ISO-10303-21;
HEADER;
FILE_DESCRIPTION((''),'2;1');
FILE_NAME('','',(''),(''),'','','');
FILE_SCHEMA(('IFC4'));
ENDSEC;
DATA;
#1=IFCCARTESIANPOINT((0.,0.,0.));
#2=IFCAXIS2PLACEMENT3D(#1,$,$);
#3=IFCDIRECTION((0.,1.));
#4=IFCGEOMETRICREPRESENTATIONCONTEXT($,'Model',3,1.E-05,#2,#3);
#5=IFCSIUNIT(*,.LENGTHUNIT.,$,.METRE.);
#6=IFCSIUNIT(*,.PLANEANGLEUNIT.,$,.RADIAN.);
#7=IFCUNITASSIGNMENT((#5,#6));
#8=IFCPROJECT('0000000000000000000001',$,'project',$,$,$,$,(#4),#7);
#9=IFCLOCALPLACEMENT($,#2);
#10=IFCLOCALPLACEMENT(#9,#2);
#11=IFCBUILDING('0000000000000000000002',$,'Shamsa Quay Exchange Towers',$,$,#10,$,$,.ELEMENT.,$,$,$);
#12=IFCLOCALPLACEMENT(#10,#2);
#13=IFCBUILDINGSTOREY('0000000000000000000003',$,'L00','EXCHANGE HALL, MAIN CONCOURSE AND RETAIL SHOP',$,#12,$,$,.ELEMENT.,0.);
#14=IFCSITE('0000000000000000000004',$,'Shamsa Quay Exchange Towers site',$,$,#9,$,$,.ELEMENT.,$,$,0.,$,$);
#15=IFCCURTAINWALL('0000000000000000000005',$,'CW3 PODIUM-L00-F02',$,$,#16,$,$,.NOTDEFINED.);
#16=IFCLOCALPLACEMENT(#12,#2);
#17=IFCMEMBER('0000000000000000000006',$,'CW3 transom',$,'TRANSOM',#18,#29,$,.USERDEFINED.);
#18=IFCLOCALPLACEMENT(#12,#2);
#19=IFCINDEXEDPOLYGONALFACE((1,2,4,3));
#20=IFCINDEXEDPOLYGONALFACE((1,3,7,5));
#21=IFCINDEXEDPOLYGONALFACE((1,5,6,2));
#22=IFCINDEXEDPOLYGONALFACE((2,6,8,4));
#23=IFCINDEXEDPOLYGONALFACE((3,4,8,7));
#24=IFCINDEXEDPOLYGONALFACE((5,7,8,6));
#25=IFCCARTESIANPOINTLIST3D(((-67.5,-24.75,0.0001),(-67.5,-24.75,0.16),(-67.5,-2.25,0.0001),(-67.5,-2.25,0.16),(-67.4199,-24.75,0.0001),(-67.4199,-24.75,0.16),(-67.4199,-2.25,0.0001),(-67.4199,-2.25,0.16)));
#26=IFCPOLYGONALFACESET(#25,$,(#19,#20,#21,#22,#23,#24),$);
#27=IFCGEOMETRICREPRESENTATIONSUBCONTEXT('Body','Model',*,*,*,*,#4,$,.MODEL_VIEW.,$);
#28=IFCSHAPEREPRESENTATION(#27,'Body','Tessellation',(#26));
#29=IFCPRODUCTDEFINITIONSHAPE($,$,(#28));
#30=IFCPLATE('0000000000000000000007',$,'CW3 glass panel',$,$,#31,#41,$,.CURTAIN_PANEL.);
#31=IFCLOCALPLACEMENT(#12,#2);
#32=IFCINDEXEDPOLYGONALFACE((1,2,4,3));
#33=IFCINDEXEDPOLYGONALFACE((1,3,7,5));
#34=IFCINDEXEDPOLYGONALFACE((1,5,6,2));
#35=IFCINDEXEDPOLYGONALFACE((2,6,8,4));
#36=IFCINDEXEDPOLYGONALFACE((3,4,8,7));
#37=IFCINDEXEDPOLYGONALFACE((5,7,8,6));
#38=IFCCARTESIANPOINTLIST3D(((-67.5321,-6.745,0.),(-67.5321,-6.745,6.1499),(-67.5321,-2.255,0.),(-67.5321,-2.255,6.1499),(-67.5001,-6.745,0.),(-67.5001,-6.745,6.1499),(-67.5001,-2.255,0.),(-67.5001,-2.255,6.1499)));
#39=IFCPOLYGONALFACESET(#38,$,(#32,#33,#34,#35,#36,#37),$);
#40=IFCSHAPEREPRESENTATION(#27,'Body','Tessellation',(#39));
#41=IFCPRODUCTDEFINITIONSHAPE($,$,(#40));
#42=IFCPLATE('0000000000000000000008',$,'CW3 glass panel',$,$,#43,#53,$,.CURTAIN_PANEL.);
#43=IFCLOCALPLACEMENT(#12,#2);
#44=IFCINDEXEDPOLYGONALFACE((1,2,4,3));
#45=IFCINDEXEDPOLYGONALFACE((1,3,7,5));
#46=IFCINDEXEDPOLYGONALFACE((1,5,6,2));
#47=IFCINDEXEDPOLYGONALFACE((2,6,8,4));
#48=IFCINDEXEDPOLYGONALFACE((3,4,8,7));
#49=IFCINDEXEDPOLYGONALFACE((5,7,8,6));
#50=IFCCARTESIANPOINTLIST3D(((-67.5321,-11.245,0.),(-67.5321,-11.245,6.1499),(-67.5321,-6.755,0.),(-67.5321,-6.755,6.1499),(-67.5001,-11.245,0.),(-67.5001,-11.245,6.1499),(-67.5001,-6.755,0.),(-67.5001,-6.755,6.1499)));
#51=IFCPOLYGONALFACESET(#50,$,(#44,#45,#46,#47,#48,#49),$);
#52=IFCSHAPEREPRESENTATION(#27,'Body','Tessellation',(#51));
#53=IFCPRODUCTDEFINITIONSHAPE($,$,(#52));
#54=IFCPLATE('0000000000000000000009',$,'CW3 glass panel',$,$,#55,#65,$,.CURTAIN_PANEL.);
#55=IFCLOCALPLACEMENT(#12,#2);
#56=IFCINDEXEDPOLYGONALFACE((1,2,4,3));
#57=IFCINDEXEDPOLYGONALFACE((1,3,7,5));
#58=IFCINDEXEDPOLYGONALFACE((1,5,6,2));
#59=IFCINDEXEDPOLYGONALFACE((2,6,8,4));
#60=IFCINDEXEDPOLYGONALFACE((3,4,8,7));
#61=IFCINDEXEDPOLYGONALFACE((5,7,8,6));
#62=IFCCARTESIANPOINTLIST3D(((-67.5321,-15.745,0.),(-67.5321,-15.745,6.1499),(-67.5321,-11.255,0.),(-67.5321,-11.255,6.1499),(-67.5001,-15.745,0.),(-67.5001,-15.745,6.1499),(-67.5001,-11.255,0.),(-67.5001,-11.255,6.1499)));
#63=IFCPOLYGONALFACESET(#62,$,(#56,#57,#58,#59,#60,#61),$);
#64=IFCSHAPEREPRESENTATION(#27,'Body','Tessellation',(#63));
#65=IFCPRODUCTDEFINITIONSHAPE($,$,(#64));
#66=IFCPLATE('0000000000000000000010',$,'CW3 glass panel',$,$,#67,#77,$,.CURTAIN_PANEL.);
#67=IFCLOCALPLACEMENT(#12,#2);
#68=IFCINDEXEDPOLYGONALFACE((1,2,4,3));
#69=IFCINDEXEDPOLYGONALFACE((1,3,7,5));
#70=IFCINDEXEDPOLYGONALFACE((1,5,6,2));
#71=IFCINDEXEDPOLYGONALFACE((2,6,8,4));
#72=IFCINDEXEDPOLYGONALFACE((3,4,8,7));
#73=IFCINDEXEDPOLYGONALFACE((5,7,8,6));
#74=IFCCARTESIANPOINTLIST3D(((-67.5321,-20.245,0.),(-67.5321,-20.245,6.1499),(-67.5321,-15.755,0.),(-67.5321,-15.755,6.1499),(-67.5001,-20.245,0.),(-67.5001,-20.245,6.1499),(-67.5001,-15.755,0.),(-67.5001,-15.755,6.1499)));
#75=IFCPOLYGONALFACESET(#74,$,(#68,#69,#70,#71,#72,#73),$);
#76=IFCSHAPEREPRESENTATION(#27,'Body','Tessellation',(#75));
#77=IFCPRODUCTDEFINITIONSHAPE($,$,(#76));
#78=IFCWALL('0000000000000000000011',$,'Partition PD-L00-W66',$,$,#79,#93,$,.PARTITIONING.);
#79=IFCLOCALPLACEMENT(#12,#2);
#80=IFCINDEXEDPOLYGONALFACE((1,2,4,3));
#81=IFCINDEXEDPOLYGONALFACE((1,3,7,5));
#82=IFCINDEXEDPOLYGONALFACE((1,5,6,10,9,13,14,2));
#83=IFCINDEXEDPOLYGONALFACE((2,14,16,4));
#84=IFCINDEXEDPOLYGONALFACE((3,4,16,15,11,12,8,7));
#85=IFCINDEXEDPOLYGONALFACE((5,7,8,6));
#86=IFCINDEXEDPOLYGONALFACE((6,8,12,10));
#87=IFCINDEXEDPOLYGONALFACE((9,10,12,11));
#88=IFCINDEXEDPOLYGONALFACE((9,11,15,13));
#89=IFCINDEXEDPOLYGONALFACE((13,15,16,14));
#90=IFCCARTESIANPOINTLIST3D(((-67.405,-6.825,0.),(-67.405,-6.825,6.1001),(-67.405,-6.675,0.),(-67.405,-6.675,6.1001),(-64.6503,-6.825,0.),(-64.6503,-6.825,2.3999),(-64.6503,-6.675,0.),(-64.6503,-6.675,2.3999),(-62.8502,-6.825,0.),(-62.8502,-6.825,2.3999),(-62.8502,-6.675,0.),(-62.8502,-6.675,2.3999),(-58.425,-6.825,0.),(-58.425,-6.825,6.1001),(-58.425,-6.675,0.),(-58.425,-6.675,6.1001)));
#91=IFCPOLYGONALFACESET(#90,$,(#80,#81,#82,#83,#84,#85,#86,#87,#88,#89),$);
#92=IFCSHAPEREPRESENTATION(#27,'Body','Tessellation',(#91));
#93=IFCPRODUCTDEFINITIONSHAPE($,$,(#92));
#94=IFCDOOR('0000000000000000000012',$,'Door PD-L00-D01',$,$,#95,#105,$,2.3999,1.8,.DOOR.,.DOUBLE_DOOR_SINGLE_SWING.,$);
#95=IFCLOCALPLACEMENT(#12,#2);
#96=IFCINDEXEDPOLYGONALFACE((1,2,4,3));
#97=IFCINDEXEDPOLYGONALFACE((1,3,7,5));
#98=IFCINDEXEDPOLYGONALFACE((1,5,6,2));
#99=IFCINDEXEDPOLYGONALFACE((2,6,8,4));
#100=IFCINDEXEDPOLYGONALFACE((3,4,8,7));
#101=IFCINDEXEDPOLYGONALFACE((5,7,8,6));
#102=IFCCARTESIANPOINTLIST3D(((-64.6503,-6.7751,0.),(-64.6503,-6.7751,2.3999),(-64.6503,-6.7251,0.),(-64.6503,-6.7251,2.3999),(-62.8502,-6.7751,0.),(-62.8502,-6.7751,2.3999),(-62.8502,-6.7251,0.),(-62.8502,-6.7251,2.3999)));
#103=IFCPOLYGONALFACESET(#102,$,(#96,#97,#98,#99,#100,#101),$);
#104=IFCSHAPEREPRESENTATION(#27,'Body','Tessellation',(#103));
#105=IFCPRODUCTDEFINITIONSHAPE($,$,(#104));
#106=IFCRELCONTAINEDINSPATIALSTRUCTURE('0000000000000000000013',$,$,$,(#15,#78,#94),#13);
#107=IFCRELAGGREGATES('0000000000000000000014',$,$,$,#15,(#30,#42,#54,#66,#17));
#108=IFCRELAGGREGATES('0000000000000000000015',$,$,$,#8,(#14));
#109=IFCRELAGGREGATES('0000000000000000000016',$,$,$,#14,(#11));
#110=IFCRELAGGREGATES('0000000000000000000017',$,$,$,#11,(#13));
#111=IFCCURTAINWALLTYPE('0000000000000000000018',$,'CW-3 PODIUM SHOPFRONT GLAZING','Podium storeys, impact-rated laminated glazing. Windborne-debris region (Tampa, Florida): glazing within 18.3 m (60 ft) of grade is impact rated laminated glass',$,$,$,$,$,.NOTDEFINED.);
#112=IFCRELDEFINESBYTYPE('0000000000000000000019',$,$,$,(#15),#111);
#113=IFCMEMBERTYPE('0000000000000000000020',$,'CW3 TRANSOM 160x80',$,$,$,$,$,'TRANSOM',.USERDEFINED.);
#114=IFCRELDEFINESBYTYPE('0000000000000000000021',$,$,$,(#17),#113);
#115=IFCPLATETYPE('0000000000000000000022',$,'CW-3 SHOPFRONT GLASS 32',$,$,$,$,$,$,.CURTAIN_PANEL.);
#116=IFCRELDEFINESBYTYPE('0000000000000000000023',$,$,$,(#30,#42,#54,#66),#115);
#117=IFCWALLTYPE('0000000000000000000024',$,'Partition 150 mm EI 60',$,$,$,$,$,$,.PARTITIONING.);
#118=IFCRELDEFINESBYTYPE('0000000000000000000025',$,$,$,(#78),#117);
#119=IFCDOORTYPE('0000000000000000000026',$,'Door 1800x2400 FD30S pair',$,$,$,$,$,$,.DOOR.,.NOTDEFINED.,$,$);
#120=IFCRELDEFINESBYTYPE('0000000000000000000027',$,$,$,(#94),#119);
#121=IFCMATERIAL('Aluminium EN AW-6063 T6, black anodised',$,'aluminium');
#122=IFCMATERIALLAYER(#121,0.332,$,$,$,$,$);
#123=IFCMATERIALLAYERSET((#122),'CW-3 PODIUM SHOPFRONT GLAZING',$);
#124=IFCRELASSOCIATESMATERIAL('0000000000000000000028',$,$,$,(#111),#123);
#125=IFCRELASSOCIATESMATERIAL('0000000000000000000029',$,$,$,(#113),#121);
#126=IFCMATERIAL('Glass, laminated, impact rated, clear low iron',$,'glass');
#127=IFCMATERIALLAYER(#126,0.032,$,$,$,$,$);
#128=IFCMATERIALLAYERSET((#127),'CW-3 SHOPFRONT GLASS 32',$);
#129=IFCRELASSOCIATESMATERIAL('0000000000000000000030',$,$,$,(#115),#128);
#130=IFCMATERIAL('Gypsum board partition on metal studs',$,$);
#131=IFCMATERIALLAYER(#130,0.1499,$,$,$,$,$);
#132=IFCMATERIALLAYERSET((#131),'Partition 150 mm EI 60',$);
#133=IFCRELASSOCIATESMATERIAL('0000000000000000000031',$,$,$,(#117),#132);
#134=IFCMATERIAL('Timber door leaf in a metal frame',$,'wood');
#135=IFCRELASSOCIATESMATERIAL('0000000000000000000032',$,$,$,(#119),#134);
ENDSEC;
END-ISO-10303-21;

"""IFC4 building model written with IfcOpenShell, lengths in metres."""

from ifc_helpers import new_model, si_unit, direction, frame, frame_2d, origin, origin_2d, place, context, subcontext, project, spatial, rectangle, extrude, material, layer, layer_set, material_profile, profile_set, type_object, element, fill, aggregate, save


model = new_model("IFC4")

# Units and contexts
model_context = context("Model", 3, precision=1e-05, world=origin(), true_north=direction((0.0, 1.0)))
body_context = subcontext(model_context, "Body", "Model", "MODEL_VIEW")
ifc_project = project(units=[si_unit("LENGTHUNIT", "METRE"), si_unit("PLANEANGLEUNIT", "RADIAN")], contexts=[model_context])

# Site, building, storey
site_placement = place(None, origin())
site = spatial("IfcSite", under=ifc_project, at=site_placement, Name="Shamsa Quay Exchange Towers site", CompositionType="ELEMENT", RefElevation=0.0)
building_placement = place(site_placement, origin())
building = spatial("IfcBuilding", under=site, at=building_placement, Name="Shamsa Quay Exchange Towers", CompositionType="ELEMENT")
storey_placement = place(building_placement, origin())
storey = spatial("IfcBuildingStorey", under=building, at=storey_placement, Name="L00", Description="EXCHANGE HALL, MAIN CONCOURSE AND RETAIL SHOP", CompositionType="ELEMENT", Elevation=0.0)

# Curtain wall, member, plates
ifc_material_1 = material(Name="Aluminium EN AW-6063 T6, black anodised", Category="aluminium")
ifc_layer_1 = layer(ifc_material_1, 0.332)
ifc_layer_set_1 = layer_set([ifc_layer_1], Name="CW-3 PODIUM SHOPFRONT GLAZING")
curtain_wall_type = type_object("IfcCurtainWallType", Name="CW-3 PODIUM SHOPFRONT GLAZING", Description="Podium storeys, impact-rated laminated glazing. Windborne-debris region (Tampa, Florida): glazing within 18.3 m (60 ft) of grade is impact rated laminated glass", PredefinedType="NOTDEFINED", material=ifc_layer_set_1)
curtain_wall_placement = place(storey_placement, origin())
curtain_wall = element("IfcCurtainWall", 1, at=curtain_wall_placement, inside=storey, type_object=curtain_wall_type, Name="CW3 PODIUM-L00-F02", PredefinedType="NOTDEFINED")
ifc_material_profile_1 = material_profile(ifc_material_1, rectangle(XDim=0.0801, YDim=0.1599, at=origin_2d()), Name="TR160x80")
ifc_profile_set_1 = profile_set([ifc_material_profile_1], Name="Aluminium EN AW-6063 T6, black anodised")
member_type_1 = type_object("IfcMemberType", Name="CW3 TRANSOM 160x80", ElementType="TRANSOM", PredefinedType="USERDEFINED", material=ifc_profile_set_1)
member_1_placement = place(storey_placement, frame((-67.46, -2.25, 0.0801), z_axis=(0.0, -1.0, 0.0), x_axis=(1.0, 0.0, 0.0)))
member_1 = element("IfcMember", 2, at=member_1_placement, type_object=member_type_1, Name="CW3 transom", ObjectType="TRANSOM", PredefinedType="USERDEFINED", context=body_context, shape_type="SweptSolid", body=[
    extrude(rectangle(XDim=0.0801, YDim=0.1599, at=origin_2d()), origin(), (0.0, 0.0, 1.0), 22.5),
])
ifc_material_2 = material(Name="Glass, laminated, impact rated, clear low iron", Category="glass")
ifc_layer_2 = layer(ifc_material_2, 0.032)
ifc_layer_set_2 = layer_set([ifc_layer_2], Name="CW-3 SHOPFRONT GLASS 32")
plate_type = type_object("IfcPlateType", Name="CW-3 SHOPFRONT GLASS 32", PredefinedType="CURTAIN_PANEL", material=ifc_layer_set_2)
plate_1_placement = place(storey_placement, frame((-67.5161, -4.5, 0.0), z_axis=(0.0, 0.0, 1.0), x_axis=(0.0, -1.0, 0.0)))
plate_1 = element("IfcPlate", 3, at=plate_1_placement, type_object=plate_type, Name="CW3 glass panel", PredefinedType="CURTAIN_PANEL", context=body_context, shape_type="SweptSolid", body=[
    extrude(rectangle(XDim=4.49, YDim=0.032, at=origin_2d()), origin(), (0.0, 0.0, 1.0), 6.1499),
])
plate_2_placement = place(storey_placement, frame((-67.5161, -9.0, 0.0), z_axis=(0.0, 0.0, 1.0), x_axis=(0.0, -1.0, 0.0)))
plate_2 = element("IfcPlate", 4, at=plate_2_placement, type_object=plate_type, Name="CW3 glass panel", PredefinedType="CURTAIN_PANEL", context=body_context, shape_type="SweptSolid", body=[
    extrude(rectangle(XDim=4.49, YDim=0.032, at=origin_2d()), origin(), (0.0, 0.0, 1.0), 6.1499),
])
plate_3_placement = place(storey_placement, frame((-67.5161, -13.5, 0.0), z_axis=(0.0, 0.0, 1.0), x_axis=(0.0, -1.0, 0.0)))
plate_3 = element("IfcPlate", 5, at=plate_3_placement, type_object=plate_type, Name="CW3 glass panel", PredefinedType="CURTAIN_PANEL", context=body_context, shape_type="SweptSolid", body=[
    extrude(rectangle(XDim=4.49, YDim=0.032, at=origin_2d()), origin(), (0.0, 0.0, 1.0), 6.1499),
])
plate_4_placement = place(storey_placement, frame((-67.5161, -18.0, 0.0), z_axis=(0.0, 0.0, 1.0), x_axis=(0.0, -1.0, 0.0)))
plate_4 = element("IfcPlate", 6, at=plate_4_placement, type_object=plate_type, Name="CW3 glass panel", PredefinedType="CURTAIN_PANEL", context=body_context, shape_type="SweptSolid", body=[
    extrude(rectangle(XDim=4.49, YDim=0.032, at=origin_2d()), origin(), (0.0, 0.0, 1.0), 6.1499),
])
aggregate(curtain_wall, [plate_1, plate_2, plate_3, plate_4, member_1])

# Wall, opening, door
ifc_material_3 = material(Name="Gypsum board partition on metal studs")
ifc_layer_3 = layer(ifc_material_3, 0.1499)
ifc_layer_set_3 = layer_set([ifc_layer_3], Name="Partition 150 mm EI 60")
wall_type = type_object("IfcWallType", Name="Partition 150 mm EI 60", PredefinedType="PARTITIONING", material=ifc_layer_set_3)
wall_placement = place(storey_placement, frame((-67.405, -6.75, 0.0)))
wall = element("IfcWall", 7, at=wall_placement, inside=storey, type_object=wall_type, Name="Partition PD-L00-W66", PredefinedType="PARTITIONING", context=body_context, shape_type="SweptSolid", body=[
    extrude(rectangle(XDim=8.98, YDim=0.1499, at=frame_2d((4.49, 0.0))), origin(), (0.0, 0.0, 1.0), 6.1001),
])
opening_placement = place(wall_placement, frame((2.7549, 0.0, 0.0)))
opening = element("IfcOpeningElement", 8, at=opening_placement, cuts=wall, PredefinedType="OPENING", context=body_context, shape_type="SweptSolid", body=[
    extrude(rectangle(XDim=1.8, YDim=2.3999, at=frame_2d((0.8999, 1.2))), frame((0.0, 0.085, 0.0), z_axis=(0.0, -1.0, 0.0), x_axis=(1.0, 0.0, 0.0)), (0.0, 0.0, 1.0), 0.1699),
])
ifc_material_4 = material(Name="Timber door leaf in a metal frame", Category="wood")
door_type = type_object("IfcDoorType", Name="Door 1800x2400 FD30S pair", OperationType="NOTDEFINED", PredefinedType="DOOR", material=ifc_material_4)
door_placement = place(opening_placement, origin())
door = element("IfcDoor", 9, at=door_placement, inside=storey, type_object=door_type, Name="Door PD-L00-D01", OperationType="DOUBLE_DOOR_SINGLE_SWING", OverallHeight=2.3999, OverallWidth=1.8, PredefinedType="DOOR", context=body_context, shape_type="SweptSolid", body=[
    extrude(rectangle(XDim=1.8, YDim=2.3999, at=frame_2d((0.8999, 1.2))), frame((0.0, 0.0249, 0.0), z_axis=(0.0, -1.0, 0.0), x_axis=(1.0, 0.0, 0.0)), (0.0, 0.0, 1.0), 0.05),
])
fill(opening, door)

save(model, "model.ifc")
